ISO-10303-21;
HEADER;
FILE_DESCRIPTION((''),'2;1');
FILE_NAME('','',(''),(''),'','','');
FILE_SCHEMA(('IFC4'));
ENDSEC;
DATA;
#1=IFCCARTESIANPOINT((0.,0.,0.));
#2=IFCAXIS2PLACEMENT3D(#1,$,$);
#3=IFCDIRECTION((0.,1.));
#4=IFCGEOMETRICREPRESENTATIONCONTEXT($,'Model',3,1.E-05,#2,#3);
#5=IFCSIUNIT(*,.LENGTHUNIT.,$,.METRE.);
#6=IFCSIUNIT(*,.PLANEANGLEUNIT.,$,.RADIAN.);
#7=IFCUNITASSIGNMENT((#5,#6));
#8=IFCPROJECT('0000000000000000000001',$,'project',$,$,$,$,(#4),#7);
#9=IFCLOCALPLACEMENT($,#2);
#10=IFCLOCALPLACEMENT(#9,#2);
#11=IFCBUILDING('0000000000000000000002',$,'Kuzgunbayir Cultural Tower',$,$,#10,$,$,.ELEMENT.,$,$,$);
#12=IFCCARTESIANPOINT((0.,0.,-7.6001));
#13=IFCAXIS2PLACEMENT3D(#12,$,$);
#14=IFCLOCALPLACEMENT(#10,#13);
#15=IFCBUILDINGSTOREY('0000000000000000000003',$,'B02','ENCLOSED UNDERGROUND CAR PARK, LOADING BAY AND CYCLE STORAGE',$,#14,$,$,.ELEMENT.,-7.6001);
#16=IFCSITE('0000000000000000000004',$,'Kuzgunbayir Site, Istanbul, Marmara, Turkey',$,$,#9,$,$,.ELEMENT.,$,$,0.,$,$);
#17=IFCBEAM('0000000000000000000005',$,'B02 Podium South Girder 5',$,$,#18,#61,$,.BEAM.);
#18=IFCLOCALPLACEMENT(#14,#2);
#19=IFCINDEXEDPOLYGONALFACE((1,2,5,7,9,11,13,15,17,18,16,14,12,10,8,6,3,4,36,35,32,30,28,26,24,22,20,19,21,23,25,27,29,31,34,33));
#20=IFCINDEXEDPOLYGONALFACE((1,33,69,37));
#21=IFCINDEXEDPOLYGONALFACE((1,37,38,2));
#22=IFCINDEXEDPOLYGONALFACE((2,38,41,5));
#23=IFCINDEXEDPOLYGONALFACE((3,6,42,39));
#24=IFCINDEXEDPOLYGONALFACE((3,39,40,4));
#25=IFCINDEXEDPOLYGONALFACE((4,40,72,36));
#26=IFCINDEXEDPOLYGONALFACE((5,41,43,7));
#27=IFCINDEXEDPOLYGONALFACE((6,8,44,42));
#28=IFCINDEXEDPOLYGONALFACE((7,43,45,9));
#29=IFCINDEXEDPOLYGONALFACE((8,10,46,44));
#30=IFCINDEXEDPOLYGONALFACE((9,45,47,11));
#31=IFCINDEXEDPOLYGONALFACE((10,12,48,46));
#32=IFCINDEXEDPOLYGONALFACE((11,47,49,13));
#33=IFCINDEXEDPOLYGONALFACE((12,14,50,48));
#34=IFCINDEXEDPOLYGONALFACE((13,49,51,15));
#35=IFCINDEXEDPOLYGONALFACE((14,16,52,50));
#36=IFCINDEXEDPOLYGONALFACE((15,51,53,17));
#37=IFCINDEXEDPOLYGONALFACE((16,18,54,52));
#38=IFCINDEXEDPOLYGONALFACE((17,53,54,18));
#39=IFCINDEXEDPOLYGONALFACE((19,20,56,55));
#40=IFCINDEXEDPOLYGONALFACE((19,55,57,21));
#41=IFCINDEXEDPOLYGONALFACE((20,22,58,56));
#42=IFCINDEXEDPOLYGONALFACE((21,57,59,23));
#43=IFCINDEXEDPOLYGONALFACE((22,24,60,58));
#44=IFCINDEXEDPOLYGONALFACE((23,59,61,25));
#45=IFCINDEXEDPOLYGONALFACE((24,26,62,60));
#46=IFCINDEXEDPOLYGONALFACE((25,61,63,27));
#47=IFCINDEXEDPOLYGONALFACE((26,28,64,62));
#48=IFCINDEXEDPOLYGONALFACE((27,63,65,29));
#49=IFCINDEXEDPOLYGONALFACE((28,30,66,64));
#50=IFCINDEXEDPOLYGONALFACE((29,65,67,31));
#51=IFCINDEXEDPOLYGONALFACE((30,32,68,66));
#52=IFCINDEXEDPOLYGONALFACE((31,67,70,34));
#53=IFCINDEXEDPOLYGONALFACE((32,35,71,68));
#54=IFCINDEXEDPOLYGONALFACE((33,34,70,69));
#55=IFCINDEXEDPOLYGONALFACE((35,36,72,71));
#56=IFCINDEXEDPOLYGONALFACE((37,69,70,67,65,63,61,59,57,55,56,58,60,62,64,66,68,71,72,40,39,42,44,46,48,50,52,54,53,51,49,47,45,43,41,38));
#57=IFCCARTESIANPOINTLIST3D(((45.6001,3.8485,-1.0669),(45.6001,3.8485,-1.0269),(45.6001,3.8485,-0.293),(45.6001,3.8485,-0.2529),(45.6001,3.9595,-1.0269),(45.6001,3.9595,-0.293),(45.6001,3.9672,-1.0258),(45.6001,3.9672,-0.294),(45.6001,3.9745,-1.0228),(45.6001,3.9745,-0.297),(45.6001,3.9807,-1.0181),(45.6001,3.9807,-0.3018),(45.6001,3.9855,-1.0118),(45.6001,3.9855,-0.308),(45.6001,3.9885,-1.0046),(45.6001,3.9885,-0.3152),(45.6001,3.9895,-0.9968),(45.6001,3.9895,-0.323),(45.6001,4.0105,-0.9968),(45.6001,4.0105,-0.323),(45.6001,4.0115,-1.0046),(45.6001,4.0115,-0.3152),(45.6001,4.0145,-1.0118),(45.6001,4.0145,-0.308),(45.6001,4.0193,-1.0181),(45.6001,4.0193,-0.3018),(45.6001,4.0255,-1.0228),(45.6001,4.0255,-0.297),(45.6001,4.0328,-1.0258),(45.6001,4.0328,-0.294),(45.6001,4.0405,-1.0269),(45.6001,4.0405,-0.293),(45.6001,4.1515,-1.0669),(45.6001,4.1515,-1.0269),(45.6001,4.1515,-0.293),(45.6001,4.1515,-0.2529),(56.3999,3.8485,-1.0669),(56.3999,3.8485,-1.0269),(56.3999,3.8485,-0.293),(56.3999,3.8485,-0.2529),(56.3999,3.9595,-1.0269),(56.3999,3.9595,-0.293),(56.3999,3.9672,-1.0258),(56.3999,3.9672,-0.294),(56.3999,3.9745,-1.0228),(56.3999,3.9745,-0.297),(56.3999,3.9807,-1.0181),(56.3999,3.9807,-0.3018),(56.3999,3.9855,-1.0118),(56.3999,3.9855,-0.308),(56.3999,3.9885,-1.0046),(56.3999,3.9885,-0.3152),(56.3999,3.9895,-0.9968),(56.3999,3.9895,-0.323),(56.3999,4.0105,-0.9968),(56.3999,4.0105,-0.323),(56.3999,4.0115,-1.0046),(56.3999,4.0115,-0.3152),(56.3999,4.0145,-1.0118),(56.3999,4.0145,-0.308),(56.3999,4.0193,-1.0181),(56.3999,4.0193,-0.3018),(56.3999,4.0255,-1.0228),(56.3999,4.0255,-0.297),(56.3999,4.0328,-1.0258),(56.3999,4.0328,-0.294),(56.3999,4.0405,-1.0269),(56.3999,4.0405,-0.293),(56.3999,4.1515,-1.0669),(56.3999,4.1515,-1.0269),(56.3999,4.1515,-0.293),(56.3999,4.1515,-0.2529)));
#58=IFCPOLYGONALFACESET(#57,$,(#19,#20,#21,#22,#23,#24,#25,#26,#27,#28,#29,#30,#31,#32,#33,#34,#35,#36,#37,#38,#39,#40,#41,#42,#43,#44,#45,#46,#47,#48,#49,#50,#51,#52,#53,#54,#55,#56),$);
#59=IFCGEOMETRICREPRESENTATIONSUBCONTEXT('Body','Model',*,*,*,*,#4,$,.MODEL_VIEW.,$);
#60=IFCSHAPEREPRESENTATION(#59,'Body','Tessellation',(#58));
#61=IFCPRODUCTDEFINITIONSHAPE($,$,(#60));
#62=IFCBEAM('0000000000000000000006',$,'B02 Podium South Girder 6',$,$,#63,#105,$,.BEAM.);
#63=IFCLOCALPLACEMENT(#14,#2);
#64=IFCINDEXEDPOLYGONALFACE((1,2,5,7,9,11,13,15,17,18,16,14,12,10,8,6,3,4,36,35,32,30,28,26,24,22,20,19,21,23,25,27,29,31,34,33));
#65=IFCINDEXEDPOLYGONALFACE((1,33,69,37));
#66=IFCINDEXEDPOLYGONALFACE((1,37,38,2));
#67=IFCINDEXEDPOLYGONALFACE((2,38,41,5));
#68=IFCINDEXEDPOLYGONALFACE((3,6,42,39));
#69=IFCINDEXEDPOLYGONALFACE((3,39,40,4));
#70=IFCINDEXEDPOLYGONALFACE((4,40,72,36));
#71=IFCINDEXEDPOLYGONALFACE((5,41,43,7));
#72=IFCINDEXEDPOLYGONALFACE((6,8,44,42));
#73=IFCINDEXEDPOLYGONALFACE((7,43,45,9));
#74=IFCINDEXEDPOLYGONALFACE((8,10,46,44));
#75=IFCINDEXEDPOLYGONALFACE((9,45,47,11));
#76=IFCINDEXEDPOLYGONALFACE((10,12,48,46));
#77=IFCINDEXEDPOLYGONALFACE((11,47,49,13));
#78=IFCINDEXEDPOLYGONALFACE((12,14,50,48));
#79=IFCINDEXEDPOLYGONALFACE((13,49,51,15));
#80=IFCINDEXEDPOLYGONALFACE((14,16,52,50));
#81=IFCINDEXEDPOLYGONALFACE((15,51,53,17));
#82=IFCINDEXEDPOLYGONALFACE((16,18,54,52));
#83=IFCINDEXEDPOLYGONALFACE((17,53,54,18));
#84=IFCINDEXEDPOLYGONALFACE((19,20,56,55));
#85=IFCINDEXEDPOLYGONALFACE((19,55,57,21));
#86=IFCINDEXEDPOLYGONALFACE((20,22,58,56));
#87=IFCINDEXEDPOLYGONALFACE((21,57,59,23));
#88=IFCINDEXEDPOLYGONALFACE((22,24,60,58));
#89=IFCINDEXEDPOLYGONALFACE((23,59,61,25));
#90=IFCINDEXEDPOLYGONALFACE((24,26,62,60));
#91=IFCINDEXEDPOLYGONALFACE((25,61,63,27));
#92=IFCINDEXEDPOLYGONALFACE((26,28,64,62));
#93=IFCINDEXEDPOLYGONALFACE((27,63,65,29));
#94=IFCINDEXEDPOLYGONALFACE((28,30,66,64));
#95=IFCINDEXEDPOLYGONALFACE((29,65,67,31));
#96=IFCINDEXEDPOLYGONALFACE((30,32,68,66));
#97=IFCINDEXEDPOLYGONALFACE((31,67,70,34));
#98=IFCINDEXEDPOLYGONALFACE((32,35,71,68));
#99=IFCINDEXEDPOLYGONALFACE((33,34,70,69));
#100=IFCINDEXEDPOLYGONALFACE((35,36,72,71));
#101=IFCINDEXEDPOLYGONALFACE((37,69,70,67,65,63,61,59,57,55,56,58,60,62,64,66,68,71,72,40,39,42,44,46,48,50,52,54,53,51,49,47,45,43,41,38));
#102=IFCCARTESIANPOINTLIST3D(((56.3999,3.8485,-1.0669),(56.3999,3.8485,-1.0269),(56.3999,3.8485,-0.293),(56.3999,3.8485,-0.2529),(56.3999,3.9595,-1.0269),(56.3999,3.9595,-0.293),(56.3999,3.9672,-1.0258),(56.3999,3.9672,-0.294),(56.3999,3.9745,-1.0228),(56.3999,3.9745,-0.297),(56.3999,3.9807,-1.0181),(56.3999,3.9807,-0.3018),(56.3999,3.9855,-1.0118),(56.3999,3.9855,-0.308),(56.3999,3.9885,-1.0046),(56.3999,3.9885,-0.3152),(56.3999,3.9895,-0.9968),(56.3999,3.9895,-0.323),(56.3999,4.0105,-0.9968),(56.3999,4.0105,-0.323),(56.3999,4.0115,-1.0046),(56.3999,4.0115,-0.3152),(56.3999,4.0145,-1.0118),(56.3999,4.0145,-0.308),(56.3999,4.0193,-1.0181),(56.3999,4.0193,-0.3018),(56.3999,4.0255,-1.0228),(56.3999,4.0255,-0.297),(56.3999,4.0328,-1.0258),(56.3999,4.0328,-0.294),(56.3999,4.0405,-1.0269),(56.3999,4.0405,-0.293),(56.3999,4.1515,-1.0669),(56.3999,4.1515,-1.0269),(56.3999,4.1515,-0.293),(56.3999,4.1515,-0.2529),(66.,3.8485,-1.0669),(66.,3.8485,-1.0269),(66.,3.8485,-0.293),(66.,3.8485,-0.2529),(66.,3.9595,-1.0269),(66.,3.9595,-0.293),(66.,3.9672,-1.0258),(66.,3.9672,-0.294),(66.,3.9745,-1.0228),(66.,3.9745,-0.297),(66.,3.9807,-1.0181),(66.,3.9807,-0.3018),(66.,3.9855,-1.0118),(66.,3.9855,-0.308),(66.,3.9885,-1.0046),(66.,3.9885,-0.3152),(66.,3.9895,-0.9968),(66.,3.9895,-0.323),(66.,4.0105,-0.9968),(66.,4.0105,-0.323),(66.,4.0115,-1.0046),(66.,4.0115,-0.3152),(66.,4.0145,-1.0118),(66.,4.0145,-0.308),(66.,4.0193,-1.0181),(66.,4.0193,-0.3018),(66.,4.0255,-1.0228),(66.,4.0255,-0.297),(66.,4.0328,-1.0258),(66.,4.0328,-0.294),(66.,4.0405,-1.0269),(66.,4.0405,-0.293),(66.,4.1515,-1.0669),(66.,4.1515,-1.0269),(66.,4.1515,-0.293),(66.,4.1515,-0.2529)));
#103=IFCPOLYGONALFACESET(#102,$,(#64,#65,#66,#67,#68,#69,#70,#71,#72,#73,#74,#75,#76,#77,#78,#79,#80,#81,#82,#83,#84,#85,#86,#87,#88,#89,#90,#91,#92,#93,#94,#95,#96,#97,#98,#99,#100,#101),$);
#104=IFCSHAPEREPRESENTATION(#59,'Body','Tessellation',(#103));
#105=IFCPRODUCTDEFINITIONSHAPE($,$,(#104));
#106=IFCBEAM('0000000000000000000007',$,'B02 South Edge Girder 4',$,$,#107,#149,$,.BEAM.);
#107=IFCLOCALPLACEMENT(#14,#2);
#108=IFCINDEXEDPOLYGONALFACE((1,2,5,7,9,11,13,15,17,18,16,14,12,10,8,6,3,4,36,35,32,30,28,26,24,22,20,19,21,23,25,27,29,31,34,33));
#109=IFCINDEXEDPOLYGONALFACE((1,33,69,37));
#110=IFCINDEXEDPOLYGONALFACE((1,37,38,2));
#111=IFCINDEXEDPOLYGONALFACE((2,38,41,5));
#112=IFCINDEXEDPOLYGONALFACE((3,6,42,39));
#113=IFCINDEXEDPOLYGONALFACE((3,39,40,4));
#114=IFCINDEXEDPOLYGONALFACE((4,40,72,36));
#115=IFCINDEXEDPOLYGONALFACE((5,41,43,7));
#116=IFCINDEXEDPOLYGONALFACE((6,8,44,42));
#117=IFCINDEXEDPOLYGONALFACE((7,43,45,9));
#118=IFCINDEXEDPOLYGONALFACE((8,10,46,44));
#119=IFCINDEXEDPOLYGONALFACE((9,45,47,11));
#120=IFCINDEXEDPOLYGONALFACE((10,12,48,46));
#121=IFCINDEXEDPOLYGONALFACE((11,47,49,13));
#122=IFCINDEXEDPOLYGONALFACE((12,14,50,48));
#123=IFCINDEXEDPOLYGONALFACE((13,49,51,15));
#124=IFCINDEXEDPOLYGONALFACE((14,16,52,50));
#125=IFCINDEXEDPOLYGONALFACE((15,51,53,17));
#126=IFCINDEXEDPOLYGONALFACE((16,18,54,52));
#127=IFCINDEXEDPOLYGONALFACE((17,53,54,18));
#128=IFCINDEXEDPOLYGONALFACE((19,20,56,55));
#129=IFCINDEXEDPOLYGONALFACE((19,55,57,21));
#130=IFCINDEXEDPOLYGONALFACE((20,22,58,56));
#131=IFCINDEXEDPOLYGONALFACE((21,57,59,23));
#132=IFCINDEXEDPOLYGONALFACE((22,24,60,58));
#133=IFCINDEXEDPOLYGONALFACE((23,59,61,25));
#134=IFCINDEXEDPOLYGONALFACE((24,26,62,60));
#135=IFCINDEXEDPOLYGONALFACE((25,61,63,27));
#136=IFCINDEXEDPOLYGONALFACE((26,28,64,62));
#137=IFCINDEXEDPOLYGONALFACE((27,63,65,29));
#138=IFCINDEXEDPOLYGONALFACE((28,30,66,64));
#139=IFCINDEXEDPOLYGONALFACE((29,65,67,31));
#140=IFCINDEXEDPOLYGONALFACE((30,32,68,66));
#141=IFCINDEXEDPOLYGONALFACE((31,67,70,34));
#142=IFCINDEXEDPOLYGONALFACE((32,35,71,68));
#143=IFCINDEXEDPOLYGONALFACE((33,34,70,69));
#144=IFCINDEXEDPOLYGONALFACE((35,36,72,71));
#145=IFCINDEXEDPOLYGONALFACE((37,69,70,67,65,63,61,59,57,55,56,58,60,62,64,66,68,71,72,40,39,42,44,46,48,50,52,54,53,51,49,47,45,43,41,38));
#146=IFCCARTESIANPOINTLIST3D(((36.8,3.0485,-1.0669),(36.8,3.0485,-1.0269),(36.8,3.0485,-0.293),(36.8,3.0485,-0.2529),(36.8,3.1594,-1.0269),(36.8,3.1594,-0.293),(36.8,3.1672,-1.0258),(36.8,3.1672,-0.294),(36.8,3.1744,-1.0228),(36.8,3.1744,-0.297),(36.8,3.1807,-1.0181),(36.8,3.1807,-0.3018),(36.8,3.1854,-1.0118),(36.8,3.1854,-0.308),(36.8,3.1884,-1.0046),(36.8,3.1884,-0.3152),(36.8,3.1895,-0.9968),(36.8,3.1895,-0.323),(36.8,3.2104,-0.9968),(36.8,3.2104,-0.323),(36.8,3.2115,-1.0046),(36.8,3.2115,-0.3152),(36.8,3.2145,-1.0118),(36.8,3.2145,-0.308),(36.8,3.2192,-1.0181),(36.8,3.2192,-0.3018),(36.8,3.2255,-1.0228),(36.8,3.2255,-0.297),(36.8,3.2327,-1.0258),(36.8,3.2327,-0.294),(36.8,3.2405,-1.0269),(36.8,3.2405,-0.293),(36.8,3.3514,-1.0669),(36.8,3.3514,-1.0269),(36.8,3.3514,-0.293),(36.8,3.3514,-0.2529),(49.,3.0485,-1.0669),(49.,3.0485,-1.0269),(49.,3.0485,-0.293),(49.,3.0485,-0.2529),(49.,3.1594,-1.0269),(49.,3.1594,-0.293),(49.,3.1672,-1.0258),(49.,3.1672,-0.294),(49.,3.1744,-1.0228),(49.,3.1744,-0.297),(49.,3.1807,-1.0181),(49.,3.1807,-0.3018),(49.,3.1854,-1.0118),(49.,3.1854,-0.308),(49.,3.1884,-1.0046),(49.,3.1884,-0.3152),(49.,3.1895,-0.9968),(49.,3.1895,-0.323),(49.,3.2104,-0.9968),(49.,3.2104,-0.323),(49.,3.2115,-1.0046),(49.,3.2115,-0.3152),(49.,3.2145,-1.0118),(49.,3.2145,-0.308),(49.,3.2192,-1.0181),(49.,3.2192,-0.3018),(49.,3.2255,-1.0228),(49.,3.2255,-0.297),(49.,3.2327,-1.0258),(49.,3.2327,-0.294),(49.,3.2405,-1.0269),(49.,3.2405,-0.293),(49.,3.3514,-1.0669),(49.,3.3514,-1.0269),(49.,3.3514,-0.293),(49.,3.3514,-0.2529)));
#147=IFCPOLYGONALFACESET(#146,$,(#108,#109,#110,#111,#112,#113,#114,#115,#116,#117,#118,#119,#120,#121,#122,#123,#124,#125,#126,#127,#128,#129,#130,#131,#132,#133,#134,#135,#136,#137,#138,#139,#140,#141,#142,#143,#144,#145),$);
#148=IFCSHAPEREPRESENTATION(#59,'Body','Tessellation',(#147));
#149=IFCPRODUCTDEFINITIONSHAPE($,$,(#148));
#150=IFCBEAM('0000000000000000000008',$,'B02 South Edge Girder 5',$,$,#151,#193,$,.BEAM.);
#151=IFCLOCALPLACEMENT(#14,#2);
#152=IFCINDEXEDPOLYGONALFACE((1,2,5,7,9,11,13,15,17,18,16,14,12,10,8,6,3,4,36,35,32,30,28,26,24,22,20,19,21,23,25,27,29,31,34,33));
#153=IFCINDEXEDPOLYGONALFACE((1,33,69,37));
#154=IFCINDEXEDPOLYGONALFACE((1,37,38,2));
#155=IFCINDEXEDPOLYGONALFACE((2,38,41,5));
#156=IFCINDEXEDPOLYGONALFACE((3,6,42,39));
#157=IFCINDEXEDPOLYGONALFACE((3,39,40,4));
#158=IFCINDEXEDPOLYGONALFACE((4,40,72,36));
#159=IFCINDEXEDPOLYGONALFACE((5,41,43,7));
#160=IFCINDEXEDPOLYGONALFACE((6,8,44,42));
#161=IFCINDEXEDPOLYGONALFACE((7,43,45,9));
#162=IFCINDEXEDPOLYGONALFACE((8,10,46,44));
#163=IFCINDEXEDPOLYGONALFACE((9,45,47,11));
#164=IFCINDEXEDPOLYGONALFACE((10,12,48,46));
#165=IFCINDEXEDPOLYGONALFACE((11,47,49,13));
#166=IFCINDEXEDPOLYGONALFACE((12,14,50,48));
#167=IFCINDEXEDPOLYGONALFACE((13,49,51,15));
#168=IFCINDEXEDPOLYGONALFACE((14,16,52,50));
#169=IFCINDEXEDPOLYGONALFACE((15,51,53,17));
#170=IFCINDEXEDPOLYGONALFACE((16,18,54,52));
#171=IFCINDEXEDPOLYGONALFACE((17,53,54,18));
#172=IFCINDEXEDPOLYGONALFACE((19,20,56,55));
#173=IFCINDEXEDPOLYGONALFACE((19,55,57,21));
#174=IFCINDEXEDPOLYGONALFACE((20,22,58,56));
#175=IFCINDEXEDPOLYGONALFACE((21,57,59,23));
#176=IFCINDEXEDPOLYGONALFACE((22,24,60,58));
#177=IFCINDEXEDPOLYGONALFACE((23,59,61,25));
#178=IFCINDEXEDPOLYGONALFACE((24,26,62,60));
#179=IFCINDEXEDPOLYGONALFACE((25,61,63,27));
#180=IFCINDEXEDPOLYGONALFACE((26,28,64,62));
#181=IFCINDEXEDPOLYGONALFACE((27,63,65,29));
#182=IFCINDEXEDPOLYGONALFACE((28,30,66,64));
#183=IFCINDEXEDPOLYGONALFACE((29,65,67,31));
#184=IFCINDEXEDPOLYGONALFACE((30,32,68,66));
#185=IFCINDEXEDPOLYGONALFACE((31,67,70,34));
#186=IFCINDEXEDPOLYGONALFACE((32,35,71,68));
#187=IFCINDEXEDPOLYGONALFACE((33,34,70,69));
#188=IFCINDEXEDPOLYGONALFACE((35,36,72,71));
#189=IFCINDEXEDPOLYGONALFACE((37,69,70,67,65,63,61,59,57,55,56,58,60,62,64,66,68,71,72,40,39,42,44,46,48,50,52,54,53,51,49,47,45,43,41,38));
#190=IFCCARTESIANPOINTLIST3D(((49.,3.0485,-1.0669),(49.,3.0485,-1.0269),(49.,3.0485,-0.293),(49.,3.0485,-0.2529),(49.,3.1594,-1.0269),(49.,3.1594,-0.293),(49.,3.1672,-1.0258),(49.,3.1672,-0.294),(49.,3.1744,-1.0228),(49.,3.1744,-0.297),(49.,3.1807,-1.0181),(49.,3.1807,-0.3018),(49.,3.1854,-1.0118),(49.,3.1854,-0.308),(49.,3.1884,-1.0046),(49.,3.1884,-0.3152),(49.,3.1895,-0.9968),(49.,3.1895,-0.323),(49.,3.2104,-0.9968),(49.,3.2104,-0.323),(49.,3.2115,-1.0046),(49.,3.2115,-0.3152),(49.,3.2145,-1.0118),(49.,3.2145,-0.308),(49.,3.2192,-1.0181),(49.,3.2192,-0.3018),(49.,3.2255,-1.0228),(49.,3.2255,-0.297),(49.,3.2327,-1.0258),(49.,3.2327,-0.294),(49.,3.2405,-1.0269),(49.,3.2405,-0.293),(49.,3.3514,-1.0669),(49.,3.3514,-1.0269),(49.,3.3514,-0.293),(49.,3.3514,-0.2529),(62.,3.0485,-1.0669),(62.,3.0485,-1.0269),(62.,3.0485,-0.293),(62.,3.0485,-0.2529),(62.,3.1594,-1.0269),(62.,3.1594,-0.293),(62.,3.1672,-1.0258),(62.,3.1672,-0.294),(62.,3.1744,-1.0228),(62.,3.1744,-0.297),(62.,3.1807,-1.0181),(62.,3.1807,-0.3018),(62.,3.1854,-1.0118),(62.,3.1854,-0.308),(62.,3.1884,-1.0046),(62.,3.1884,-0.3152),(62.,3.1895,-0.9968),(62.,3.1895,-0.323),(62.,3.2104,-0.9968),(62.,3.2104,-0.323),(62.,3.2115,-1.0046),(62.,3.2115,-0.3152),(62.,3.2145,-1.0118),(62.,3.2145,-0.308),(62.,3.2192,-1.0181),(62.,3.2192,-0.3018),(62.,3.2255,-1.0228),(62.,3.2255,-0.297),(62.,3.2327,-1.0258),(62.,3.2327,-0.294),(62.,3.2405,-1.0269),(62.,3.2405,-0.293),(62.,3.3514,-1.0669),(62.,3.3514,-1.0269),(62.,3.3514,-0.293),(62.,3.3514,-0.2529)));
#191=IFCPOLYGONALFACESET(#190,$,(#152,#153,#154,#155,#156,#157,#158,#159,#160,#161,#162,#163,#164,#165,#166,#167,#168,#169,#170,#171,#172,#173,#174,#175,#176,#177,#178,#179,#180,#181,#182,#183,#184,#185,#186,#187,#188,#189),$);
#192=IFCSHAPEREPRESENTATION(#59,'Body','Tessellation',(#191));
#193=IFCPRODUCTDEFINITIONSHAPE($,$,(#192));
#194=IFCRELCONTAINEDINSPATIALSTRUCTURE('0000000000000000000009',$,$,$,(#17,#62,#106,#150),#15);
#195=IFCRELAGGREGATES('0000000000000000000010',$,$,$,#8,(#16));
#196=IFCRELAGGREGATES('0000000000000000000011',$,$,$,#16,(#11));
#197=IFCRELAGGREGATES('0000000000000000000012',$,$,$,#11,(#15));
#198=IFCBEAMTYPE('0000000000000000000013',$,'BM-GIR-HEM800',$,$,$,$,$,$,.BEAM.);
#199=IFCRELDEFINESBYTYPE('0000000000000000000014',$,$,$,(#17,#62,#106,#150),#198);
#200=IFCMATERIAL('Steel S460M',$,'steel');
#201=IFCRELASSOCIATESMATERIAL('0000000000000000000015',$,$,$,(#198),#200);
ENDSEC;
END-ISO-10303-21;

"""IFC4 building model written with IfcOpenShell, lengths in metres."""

from ifc_helpers import new_model, si_unit, direction, frame, origin, origin_2d, place, context, subcontext, project, spatial, i_section, extrude, material, material_profile, profile_set, type_object, element, save


model = new_model("IFC4")

# Units and contexts
model_context = context("Model", 3, precision=1e-05, world=origin(), true_north=direction((0.0, 1.0)))
body_context = subcontext(model_context, "Body", "Model", "MODEL_VIEW")
ifc_project = project(units=[si_unit("LENGTHUNIT", "METRE"), si_unit("PLANEANGLEUNIT", "RADIAN")], contexts=[model_context])

# Site, building, storey
site_placement = place(None, origin())
site = spatial("IfcSite", under=ifc_project, at=site_placement, Name="Kuzgunbayir Site, Istanbul, Marmara, Turkey", CompositionType="ELEMENT", RefElevation=0.0)
building_placement = place(site_placement, origin())
building = spatial("IfcBuilding", under=site, at=building_placement, Name="Kuzgunbayir Cultural Tower", CompositionType="ELEMENT")
storey_placement = place(building_placement, frame((0.0, 0.0, -7.6001)))
storey = spatial("IfcBuildingStorey", under=building, at=storey_placement, Name="B02", Description="ENCLOSED UNDERGROUND CAR PARK, LOADING BAY AND CYCLE STORAGE", CompositionType="ELEMENT", Elevation=-7.6001)

# Beams
ifc_material_1 = material(Name="Steel S460M", Category="steel")
ifc_material_profile_1 = material_profile(ifc_material_1, i_section(OverallWidth=0.303, OverallDepth=0.814, WebThickness=0.021, FlangeThickness=0.04, FilletRadius=0.03, at=origin_2d()), Name="HEM 800")
ifc_profile_set_1 = profile_set([ifc_material_profile_1], Name="Steel S460M")
beam_type = type_object("IfcBeamType", Name="BM-GIR-HEM800", PredefinedType="BEAM", material=ifc_profile_set_1)
beam_1_placement = place(storey_placement, frame((45.6001, 4.0, -0.6599), z_axis=(1.0, 0.0, 0.0), x_axis=(0.0, 1.0, 0.0)))
element("IfcBeam", 1, at=beam_1_placement, inside=storey, type_object=beam_type, Name="B02 Podium South Girder 5", PredefinedType="BEAM", context=body_context, shape_type="SweptSolid", body=[
    extrude(i_section(OverallWidth=0.303, OverallDepth=0.814, WebThickness=0.021, FlangeThickness=0.04, FilletRadius=0.03, at=origin_2d()), origin(), (0.0, 0.0, 1.0), 10.7998),
])
beam_2_placement = place(storey_placement, frame((56.3999, 4.0, -0.6599), z_axis=(1.0, 0.0, 0.0), x_axis=(0.0, 1.0, 0.0)))
element("IfcBeam", 2, at=beam_2_placement, inside=storey, type_object=beam_type, Name="B02 Podium South Girder 6", PredefinedType="BEAM", context=body_context, shape_type="SweptSolid", body=[
    extrude(i_section(OverallWidth=0.303, OverallDepth=0.814, WebThickness=0.021, FlangeThickness=0.04, FilletRadius=0.03, at=origin_2d()), origin(), (0.0, 0.0, 1.0), 9.6001),
])
beam_3_placement = place(storey_placement, frame((36.8, 3.2, -0.6599), z_axis=(1.0, 0.0, 0.0), x_axis=(0.0, 1.0, 0.0)))
element("IfcBeam", 3, at=beam_3_placement, inside=storey, type_object=beam_type, Name="B02 South Edge Girder 4", PredefinedType="BEAM", context=body_context, shape_type="SweptSolid", body=[
    extrude(i_section(OverallWidth=0.303, OverallDepth=0.814, WebThickness=0.021, FlangeThickness=0.04, FilletRadius=0.03, at=origin_2d()), origin(), (0.0, 0.0, 1.0), 12.2),
])
beam_4_placement = place(storey_placement, frame((49.0, 3.2, -0.6599), z_axis=(1.0, 0.0, 0.0), x_axis=(0.0, 1.0, 0.0)))
element("IfcBeam", 4, at=beam_4_placement, inside=storey, type_object=beam_type, Name="B02 South Edge Girder 5", PredefinedType="BEAM", context=body_context, shape_type="SweptSolid", body=[
    extrude(i_section(OverallWidth=0.303, OverallDepth=0.814, WebThickness=0.021, FlangeThickness=0.04, FilletRadius=0.03, at=origin_2d()), origin(), (0.0, 0.0, 1.0), 13.0),
])

save(model, "model.ifc")
